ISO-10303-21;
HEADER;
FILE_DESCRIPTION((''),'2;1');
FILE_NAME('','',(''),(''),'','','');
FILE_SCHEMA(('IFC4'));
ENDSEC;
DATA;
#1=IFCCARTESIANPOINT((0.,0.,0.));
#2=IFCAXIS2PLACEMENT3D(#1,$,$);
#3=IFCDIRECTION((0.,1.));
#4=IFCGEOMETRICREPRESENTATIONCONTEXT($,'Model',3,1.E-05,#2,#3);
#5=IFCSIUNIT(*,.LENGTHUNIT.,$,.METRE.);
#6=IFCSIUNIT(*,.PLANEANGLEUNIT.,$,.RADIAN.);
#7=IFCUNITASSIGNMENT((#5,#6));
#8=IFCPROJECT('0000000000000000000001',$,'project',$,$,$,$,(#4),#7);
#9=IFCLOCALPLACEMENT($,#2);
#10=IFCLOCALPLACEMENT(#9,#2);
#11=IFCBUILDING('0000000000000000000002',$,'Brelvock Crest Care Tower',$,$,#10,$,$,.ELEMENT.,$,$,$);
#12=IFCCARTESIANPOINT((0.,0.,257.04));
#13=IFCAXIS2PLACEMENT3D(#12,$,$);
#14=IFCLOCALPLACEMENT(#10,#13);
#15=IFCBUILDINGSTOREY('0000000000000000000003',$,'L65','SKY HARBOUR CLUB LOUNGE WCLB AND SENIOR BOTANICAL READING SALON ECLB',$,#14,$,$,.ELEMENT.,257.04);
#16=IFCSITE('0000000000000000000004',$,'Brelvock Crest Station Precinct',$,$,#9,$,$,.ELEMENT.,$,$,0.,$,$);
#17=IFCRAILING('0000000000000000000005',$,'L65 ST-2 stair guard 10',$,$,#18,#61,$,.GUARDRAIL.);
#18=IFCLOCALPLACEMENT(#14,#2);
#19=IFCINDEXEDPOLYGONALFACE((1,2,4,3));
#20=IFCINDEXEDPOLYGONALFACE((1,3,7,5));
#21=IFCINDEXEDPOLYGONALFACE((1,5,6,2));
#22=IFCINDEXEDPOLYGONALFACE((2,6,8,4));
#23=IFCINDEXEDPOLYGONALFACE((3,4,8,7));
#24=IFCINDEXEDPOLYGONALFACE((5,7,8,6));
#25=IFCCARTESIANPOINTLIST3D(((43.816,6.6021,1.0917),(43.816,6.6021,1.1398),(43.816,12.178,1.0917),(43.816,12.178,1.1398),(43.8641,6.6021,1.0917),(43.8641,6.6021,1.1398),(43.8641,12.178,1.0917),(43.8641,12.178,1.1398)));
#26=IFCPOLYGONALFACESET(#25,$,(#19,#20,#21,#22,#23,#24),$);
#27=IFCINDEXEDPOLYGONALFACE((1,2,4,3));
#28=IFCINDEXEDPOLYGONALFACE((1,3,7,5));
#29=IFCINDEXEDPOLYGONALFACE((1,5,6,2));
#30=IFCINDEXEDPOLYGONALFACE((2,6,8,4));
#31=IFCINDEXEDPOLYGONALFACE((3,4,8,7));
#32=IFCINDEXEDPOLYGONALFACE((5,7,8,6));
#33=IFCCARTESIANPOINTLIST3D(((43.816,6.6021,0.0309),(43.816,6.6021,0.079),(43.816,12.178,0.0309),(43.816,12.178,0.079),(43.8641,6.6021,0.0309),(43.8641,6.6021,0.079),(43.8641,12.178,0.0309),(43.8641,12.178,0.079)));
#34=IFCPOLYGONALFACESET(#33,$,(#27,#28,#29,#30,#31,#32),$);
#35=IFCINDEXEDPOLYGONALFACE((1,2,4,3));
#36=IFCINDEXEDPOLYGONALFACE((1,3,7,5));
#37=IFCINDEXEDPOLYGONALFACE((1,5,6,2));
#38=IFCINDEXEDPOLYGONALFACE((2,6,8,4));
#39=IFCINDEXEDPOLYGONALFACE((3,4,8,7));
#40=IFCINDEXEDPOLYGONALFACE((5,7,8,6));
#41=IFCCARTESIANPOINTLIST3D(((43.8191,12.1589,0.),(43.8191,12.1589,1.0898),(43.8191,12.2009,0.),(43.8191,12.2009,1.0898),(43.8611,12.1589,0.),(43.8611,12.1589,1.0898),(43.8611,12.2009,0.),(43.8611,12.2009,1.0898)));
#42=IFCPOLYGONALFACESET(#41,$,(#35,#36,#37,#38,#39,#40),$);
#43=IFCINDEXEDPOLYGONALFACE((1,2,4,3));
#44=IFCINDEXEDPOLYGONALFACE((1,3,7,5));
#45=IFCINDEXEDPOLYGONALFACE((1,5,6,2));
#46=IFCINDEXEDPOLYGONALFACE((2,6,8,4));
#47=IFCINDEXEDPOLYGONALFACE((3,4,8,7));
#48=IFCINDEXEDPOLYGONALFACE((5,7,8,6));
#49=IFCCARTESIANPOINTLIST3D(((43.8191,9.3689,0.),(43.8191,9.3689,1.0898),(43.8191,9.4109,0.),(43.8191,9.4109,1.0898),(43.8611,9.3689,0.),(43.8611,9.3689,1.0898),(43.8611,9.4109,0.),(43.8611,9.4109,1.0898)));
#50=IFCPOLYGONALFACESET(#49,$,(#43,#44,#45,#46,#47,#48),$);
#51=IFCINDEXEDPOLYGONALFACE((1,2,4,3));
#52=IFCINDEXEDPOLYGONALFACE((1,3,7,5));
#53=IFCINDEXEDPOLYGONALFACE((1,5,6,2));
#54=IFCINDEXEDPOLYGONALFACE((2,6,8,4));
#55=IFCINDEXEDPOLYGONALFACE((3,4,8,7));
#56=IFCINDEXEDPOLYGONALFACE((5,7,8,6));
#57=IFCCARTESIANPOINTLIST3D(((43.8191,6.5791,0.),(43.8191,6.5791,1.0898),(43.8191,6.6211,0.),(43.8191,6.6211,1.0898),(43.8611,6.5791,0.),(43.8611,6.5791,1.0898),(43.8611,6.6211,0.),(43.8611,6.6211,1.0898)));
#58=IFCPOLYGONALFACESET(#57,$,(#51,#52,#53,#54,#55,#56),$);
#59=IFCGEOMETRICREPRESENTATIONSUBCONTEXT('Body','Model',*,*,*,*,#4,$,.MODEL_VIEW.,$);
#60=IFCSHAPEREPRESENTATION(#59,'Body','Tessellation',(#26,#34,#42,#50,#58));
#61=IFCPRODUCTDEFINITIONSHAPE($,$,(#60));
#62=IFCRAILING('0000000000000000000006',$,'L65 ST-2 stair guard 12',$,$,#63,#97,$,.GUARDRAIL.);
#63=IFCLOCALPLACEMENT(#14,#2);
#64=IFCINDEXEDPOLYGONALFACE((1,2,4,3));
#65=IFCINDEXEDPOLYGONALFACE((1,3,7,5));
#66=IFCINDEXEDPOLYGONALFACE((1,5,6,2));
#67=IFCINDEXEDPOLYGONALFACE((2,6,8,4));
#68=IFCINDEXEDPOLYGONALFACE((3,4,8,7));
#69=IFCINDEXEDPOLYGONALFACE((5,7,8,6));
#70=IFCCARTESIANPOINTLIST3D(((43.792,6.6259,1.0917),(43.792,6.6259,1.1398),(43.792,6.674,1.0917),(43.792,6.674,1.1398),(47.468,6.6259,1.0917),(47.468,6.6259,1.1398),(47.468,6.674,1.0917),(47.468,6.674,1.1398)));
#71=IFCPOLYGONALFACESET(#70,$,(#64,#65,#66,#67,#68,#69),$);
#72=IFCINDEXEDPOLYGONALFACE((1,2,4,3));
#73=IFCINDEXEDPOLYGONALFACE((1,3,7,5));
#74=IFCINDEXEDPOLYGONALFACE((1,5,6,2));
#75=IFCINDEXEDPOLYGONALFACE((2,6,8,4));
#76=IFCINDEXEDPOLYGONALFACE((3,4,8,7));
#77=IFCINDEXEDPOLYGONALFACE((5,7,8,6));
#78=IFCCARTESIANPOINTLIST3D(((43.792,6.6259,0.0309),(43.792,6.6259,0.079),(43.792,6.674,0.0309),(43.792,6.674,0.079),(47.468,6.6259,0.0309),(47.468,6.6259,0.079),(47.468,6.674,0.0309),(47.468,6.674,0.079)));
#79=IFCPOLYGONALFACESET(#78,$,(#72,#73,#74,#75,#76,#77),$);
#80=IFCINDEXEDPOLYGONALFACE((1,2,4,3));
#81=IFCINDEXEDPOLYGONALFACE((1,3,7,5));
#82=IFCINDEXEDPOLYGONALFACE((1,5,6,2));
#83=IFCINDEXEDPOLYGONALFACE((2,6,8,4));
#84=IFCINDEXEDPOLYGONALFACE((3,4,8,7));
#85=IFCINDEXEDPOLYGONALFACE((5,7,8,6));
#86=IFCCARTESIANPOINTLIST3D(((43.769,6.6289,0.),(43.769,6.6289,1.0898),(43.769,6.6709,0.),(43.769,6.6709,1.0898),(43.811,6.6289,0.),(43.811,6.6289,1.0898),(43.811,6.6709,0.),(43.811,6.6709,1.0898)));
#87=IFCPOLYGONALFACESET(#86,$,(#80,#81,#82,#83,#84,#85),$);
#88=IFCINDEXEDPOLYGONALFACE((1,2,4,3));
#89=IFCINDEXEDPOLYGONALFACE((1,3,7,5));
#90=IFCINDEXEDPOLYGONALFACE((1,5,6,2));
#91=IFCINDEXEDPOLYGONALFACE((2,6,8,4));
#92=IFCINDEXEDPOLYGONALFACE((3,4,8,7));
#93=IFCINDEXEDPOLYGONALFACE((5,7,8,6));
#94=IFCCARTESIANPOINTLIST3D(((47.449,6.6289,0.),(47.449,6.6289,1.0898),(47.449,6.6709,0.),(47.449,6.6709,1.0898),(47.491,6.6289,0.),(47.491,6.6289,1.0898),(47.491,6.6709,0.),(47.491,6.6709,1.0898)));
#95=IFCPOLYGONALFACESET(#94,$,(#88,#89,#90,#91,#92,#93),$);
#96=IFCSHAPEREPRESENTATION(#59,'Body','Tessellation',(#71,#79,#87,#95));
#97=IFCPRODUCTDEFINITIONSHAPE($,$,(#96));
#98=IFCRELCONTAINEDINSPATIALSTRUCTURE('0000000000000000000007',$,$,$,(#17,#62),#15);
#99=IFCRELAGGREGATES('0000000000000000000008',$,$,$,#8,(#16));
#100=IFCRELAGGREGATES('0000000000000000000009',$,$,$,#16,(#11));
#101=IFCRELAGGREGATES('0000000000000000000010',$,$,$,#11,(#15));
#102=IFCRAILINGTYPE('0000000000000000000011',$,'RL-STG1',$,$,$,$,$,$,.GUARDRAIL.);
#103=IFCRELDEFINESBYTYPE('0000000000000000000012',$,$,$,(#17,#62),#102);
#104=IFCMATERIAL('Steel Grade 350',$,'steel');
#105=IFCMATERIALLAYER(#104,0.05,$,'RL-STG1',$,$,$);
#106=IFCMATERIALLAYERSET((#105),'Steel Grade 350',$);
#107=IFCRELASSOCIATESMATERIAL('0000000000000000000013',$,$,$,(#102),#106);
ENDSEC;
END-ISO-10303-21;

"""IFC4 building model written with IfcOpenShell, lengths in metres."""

from ifc_helpers import new_model, si_unit, direction, frame, origin, origin_2d, place, context, subcontext, project, spatial, rectangle, extrude, material, layer, layer_set, type_object, element, save


model = new_model("IFC4")

# Units and contexts
model_context = context("Model", 3, precision=1e-05, world=origin(), true_north=direction((0.0, 1.0)))
body_context = subcontext(model_context, "Body", "Model", "MODEL_VIEW")
ifc_project = project(units=[si_unit("LENGTHUNIT", "METRE"), si_unit("PLANEANGLEUNIT", "RADIAN")], contexts=[model_context])

# Site, building, storey
site_placement = place(None, origin())
site = spatial("IfcSite", under=ifc_project, at=site_placement, Name="Brelvock Crest Station Precinct", CompositionType="ELEMENT", RefElevation=0.0)
building_placement = place(site_placement, origin())
building = spatial("IfcBuilding", under=site, at=building_placement, Name="Brelvock Crest Care Tower", CompositionType="ELEMENT")
storey_placement = place(building_placement, frame((0.0, 0.0, 257.04)))
storey = spatial("IfcBuildingStorey", under=building, at=storey_placement, Name="L65", Description="SKY HARBOUR CLUB LOUNGE WCLB AND SENIOR BOTANICAL READING SALON ECLB", CompositionType="ELEMENT", Elevation=257.04)

# Shared definitions
ifc_material_1 = material(Name="Steel Grade 350", Category="steel")

# Railings
ifc_layer_1 = layer(ifc_material_1, 0.05, Name="RL-STG1")
ifc_layer_set_1 = layer_set([ifc_layer_1], Name="Steel Grade 350")
railing_type = type_object("IfcRailingType", Name="RL-STG1", PredefinedType="GUARDRAIL", material=ifc_layer_set_1)
railing_1_placement = place(storey_placement, frame((43.8401, 12.1799, 0.0)))
element("IfcRailing", 1, at=railing_1_placement, inside=storey, type_object=railing_type, Name="L65 ST-2 stair guard 10", PredefinedType="GUARDRAIL", context=body_context, shape_type="SweptSolid", body=[
    extrude(rectangle(XDim=0.0481, YDim=0.0481, at=origin_2d()), frame((0.0, -0.002, 1.1157), z_axis=(0.0, -1.0, 0.0), x_axis=(1.0, 0.0, 0.0)), (0.0, 0.0, 1.0), 5.5759),
    extrude(rectangle(XDim=0.0481, YDim=0.0481, at=origin_2d()), frame((0.0, -0.002, 0.0549), z_axis=(0.0, -1.0, 0.0), x_axis=(1.0, 0.0, 0.0)), (0.0, 0.0, 1.0), 5.5759),
    extrude(rectangle(XDim=0.042, YDim=0.042, at=origin_2d()), origin(), (0.0, 0.0, 1.0), 1.0898),
    extrude(rectangle(XDim=0.042, YDim=0.042, at=origin_2d()), frame((0.0, -2.79, 0.0)), (0.0, 0.0, 1.0), 1.0898),
    extrude(rectangle(XDim=0.042, YDim=0.042, at=origin_2d()), frame((0.0, -5.5798, 0.0)), (0.0, 0.0, 1.0), 1.0898),
])
railing_2_placement = place(storey_placement, frame((43.79, 6.6499, 0.0)))
element("IfcRailing", 2, at=railing_2_placement, inside=storey, type_object=railing_type, Name="L65 ST-2 stair guard 12", PredefinedType="GUARDRAIL", context=body_context, shape_type="SweptSolid", body=[
    extrude(rectangle(XDim=0.0481, YDim=0.0481, at=origin_2d()), frame((0.002, 0.0, 1.1157), z_axis=(1.0, 0.0, 0.0), x_axis=(0.0, 1.0, 0.0)), (0.0, 0.0, 1.0), 3.676),
    extrude(rectangle(XDim=0.0481, YDim=0.0481, at=origin_2d()), frame((0.002, 0.0, 0.0549), z_axis=(1.0, 0.0, 0.0), x_axis=(0.0, 1.0, 0.0)), (0.0, 0.0, 1.0), 3.676),
    extrude(rectangle(XDim=0.042, YDim=0.042, at=origin_2d()), origin(), (0.0, 0.0, 1.0), 1.0898),
    extrude(rectangle(XDim=0.042, YDim=0.042, at=origin_2d()), frame((3.6799, 0.0, 0.0)), (0.0, 0.0, 1.0), 1.0898),
])

save(model, "model.ifc")
